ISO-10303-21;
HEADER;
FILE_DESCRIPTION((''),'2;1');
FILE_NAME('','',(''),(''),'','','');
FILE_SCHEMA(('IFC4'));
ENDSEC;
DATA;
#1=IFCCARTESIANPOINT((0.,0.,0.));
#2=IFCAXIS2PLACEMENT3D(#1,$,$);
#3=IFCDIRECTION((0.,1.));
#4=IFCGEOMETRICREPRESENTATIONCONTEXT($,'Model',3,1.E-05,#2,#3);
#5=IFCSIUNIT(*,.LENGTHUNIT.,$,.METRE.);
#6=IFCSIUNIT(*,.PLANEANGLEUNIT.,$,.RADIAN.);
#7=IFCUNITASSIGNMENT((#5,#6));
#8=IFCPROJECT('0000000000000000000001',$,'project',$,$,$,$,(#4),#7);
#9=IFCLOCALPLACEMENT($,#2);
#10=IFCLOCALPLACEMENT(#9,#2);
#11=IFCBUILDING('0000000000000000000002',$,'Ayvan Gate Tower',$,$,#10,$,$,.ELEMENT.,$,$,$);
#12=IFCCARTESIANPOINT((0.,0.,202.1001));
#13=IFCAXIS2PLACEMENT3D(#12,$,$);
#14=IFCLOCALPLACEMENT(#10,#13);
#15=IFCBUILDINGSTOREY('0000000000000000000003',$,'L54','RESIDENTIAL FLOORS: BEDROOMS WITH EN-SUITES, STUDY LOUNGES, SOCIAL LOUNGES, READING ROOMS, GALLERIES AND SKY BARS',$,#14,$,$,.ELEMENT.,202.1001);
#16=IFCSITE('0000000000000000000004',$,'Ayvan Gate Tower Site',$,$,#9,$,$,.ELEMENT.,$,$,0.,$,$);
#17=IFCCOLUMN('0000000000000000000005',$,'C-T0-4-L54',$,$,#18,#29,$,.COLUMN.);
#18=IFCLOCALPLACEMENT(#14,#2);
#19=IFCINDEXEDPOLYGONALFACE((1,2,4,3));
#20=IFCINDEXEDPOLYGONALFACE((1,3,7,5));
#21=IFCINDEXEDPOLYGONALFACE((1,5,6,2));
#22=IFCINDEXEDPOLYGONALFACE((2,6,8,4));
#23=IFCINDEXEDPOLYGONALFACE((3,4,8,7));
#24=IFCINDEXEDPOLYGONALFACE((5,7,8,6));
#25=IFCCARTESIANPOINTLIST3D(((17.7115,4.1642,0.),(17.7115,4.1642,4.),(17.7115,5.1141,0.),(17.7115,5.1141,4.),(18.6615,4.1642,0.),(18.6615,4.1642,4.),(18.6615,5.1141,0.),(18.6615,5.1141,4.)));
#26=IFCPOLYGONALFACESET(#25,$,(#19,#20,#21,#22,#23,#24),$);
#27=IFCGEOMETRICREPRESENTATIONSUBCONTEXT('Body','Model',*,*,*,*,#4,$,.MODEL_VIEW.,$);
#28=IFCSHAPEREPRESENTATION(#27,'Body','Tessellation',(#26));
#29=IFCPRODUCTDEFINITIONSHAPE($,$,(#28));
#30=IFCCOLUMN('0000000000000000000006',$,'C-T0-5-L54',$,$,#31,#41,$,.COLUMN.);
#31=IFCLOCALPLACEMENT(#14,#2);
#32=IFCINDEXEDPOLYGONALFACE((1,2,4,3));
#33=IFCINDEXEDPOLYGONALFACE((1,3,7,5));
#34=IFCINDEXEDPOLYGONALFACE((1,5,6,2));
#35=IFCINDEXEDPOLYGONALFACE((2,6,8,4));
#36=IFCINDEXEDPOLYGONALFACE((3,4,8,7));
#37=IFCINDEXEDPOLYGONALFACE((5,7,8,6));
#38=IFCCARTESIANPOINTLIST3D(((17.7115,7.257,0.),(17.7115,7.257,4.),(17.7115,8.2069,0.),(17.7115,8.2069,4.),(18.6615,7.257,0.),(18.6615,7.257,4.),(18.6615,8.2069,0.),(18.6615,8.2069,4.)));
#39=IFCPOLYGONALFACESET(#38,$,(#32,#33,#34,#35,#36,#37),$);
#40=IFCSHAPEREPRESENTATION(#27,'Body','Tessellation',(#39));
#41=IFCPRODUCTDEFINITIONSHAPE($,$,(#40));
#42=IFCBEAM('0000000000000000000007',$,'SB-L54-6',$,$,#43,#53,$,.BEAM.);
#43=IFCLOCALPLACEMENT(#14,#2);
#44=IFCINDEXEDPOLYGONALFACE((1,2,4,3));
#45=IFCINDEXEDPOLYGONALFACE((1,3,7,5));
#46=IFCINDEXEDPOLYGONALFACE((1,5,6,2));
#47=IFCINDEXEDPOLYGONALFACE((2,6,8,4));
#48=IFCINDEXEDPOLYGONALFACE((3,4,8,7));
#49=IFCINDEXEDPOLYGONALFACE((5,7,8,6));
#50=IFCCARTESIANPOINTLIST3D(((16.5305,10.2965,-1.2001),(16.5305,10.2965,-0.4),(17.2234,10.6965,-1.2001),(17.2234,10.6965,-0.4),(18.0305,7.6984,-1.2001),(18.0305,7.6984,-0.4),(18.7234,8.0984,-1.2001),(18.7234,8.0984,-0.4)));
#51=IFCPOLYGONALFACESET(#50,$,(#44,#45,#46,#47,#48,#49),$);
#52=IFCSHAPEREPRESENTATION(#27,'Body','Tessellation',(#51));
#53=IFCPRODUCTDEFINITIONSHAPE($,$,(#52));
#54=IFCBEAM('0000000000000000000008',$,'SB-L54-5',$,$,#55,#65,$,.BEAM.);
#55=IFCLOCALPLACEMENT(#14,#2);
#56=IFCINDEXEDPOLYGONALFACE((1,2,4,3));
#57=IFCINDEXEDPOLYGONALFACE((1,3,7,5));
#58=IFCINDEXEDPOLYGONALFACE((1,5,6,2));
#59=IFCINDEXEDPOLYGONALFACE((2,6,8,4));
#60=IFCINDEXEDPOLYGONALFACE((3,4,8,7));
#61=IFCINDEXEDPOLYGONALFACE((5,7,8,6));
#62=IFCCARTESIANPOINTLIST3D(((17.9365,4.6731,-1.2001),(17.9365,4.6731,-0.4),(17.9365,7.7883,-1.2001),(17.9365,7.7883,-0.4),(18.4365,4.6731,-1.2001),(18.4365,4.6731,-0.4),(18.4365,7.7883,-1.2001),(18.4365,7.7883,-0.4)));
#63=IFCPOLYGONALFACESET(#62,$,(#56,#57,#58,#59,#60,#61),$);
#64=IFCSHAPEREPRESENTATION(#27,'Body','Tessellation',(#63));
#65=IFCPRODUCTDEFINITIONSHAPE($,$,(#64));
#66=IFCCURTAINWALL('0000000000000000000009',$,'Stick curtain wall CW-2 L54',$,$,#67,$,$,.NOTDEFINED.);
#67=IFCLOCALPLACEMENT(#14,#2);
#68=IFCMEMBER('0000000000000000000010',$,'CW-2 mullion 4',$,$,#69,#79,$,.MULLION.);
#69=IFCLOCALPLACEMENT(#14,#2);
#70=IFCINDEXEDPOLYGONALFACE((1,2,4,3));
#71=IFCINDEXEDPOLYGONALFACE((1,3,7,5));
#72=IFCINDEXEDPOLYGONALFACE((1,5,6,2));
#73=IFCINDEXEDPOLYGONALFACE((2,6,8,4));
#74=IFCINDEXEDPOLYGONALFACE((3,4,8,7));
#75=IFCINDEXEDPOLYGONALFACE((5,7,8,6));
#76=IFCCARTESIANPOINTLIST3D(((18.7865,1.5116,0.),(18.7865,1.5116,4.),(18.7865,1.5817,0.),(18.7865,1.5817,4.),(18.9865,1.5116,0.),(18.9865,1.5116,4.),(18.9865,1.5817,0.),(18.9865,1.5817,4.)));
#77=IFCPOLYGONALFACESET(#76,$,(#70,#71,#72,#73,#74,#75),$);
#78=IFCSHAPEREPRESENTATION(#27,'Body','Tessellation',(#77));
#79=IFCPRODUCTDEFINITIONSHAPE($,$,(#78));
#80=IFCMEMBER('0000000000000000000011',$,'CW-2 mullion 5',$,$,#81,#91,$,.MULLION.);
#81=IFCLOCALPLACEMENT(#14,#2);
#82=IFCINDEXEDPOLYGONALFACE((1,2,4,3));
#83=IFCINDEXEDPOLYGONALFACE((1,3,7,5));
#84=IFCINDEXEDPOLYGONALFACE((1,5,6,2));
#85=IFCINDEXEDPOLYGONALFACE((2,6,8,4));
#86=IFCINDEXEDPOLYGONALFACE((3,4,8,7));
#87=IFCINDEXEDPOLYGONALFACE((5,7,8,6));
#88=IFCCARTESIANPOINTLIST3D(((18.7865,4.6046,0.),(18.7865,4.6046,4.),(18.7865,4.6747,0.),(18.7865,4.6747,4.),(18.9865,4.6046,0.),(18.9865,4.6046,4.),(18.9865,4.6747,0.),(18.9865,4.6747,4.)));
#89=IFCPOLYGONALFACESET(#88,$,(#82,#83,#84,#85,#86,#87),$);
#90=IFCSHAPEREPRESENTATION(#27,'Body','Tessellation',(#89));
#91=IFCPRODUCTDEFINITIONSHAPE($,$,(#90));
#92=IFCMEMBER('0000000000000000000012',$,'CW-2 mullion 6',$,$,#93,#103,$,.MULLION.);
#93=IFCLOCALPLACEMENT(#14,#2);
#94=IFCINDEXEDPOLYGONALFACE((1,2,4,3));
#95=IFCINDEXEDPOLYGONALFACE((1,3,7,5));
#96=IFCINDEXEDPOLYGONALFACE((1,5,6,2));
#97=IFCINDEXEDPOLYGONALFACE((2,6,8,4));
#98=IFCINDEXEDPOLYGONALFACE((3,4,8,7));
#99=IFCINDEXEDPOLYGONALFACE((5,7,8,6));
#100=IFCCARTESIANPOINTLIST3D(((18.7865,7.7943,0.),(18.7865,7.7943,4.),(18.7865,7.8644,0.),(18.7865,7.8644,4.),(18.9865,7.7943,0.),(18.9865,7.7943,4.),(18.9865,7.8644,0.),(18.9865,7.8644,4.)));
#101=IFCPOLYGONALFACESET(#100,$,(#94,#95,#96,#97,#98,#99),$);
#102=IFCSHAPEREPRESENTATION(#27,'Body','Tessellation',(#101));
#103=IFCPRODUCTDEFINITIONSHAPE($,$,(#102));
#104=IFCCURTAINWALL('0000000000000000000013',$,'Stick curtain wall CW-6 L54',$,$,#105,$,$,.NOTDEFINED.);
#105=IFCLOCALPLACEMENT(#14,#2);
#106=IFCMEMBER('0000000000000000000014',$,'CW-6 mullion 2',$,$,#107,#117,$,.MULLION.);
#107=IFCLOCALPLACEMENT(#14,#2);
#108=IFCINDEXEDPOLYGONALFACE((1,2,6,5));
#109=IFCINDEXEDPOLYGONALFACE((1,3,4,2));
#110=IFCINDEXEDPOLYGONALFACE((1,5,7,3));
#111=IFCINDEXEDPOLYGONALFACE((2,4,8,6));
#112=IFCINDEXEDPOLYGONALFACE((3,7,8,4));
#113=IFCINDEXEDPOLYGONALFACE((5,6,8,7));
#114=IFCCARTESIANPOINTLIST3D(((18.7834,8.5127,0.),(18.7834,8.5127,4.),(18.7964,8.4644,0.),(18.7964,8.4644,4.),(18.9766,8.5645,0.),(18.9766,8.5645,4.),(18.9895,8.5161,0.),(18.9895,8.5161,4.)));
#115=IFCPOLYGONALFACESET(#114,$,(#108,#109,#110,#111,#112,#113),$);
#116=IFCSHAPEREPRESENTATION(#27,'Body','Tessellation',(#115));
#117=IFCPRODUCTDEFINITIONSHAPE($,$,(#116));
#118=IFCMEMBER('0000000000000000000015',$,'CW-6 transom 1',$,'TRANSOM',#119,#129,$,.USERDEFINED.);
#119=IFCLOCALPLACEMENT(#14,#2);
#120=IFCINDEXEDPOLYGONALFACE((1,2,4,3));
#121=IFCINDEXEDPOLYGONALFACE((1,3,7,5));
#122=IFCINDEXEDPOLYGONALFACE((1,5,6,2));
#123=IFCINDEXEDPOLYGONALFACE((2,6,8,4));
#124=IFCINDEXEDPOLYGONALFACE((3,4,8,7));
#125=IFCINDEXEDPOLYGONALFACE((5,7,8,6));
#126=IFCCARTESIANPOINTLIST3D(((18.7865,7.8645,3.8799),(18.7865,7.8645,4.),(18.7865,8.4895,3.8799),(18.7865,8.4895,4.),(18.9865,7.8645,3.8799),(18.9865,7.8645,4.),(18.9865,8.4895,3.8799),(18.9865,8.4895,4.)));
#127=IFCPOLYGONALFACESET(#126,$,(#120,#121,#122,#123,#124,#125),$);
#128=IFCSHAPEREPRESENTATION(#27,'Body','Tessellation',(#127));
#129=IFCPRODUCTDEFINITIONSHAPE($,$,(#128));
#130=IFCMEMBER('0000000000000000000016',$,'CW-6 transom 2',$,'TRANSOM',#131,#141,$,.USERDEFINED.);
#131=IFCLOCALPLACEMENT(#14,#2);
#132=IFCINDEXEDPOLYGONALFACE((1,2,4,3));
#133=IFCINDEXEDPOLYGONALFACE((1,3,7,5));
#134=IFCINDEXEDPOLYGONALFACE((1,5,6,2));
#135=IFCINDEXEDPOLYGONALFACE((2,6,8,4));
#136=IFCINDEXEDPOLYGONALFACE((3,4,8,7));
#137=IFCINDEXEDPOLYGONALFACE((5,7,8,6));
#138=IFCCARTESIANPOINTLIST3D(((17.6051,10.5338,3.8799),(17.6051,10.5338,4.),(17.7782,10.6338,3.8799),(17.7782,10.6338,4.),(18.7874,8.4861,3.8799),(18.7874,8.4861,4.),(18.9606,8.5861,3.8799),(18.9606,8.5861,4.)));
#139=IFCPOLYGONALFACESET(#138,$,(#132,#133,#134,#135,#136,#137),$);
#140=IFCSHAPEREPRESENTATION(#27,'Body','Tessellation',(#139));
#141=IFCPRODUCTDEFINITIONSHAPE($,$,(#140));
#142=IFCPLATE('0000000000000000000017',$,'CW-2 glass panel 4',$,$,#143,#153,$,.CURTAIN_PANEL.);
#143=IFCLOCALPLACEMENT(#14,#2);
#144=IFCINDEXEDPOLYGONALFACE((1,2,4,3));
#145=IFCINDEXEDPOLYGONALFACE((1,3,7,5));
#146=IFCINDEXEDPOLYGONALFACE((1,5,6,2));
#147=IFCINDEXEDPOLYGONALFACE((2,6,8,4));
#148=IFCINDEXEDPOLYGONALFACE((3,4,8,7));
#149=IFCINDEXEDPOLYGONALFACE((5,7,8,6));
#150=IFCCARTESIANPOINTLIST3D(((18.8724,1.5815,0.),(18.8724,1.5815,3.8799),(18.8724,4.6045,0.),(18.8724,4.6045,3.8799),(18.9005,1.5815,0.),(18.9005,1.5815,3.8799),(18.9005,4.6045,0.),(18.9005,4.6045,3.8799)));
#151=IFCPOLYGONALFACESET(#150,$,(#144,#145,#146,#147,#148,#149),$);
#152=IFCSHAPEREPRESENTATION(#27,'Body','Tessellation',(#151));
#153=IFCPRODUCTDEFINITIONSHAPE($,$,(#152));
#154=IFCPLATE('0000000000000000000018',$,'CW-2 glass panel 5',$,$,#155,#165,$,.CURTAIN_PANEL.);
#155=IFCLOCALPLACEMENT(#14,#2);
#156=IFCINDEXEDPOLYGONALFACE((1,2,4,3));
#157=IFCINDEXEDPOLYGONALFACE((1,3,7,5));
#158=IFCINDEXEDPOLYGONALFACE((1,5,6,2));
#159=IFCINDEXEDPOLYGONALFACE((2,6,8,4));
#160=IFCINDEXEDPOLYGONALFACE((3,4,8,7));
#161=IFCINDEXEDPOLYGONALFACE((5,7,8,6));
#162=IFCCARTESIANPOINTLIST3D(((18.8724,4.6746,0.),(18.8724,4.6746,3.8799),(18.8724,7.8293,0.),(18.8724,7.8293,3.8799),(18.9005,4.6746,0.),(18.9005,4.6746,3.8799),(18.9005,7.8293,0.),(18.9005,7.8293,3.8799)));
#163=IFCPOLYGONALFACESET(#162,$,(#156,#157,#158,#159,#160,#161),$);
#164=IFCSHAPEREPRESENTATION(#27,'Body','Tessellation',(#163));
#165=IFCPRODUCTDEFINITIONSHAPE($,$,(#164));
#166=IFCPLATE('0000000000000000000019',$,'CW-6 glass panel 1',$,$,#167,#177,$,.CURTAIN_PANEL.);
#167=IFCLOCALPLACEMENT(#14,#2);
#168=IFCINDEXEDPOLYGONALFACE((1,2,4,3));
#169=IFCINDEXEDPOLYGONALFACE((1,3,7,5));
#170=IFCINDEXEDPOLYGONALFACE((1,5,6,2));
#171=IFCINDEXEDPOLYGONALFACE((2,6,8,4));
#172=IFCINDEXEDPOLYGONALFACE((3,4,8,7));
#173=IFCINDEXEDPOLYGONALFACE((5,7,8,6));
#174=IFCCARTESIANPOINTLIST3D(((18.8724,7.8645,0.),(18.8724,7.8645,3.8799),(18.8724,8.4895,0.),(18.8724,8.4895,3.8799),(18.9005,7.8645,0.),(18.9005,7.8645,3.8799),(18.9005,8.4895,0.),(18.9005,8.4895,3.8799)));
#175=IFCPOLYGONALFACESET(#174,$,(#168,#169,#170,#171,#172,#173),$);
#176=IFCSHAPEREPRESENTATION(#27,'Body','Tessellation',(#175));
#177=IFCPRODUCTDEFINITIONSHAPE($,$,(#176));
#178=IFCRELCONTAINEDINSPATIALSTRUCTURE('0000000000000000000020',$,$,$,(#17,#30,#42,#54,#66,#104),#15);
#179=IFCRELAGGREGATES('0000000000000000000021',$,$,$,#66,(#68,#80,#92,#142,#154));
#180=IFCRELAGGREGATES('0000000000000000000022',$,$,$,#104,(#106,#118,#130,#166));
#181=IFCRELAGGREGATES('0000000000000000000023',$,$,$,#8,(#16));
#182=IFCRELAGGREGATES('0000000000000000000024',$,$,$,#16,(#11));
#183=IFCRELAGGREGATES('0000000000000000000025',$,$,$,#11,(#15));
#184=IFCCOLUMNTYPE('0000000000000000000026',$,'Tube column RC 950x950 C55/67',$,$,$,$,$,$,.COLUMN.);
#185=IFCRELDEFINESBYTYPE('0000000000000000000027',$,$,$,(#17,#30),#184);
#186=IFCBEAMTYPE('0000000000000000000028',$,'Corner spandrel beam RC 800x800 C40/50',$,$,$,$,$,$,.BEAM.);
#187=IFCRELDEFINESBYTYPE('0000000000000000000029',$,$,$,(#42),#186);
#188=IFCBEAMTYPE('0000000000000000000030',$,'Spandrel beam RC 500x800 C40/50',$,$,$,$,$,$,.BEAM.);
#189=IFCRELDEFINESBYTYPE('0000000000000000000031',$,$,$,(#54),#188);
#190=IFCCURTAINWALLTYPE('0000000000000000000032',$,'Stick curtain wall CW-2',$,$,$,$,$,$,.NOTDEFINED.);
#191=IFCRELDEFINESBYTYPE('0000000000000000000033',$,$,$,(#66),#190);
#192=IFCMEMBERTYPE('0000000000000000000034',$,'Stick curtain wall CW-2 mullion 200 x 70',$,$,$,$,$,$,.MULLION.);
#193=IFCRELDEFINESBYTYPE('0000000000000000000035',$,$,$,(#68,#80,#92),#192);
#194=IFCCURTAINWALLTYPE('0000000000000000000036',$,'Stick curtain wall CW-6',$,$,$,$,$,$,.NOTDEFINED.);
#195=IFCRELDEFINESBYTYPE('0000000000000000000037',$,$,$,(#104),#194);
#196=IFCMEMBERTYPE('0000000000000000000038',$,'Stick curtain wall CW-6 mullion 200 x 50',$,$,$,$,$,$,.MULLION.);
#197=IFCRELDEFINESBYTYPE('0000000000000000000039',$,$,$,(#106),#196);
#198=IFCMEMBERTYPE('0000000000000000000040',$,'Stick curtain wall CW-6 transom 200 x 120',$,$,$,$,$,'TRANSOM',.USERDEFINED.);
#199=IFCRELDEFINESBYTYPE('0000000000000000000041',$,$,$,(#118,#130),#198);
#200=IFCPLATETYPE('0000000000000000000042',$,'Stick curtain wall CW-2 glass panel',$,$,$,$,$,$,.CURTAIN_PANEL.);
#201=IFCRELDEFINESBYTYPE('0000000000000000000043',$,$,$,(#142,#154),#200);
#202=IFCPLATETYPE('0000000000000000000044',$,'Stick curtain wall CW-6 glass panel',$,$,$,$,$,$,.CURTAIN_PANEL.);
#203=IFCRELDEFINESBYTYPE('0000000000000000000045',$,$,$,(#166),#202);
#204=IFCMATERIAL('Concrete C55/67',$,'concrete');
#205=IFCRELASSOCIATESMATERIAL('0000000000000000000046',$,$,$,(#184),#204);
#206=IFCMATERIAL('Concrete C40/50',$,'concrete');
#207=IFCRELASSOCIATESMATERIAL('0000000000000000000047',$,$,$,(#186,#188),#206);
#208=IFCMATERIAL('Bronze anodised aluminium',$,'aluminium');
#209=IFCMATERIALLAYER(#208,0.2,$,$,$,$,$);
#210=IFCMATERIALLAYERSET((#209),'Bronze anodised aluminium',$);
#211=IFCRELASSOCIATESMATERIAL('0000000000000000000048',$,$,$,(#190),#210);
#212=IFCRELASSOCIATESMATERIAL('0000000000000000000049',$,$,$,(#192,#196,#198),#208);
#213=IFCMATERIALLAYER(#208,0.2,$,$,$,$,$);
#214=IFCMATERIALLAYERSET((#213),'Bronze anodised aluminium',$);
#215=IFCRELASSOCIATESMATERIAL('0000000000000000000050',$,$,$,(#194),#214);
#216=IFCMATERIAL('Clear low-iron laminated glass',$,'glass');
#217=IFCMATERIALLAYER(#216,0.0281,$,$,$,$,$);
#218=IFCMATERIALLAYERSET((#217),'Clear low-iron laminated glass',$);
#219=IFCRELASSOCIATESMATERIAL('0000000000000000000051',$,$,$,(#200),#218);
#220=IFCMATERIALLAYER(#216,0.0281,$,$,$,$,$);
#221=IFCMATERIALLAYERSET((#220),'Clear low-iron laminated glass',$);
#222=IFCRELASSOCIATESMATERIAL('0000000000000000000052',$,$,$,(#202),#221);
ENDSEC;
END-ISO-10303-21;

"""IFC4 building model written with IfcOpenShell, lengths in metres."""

from ifc_helpers import new_model, si_unit, direction, frame, origin, origin_2d, place, context, subcontext, project, spatial, rectangle, extrude, material, layer, layer_set, material_profile, profile_set, type_object, element, aggregate, save


model = new_model("IFC4")

# Units and contexts
model_context = context("Model", 3, precision=1e-05, world=origin(), true_north=direction((0.0, 1.0)))
body_context = subcontext(model_context, "Body", "Model", "MODEL_VIEW")
ifc_project = project(units=[si_unit("LENGTHUNIT", "METRE"), si_unit("PLANEANGLEUNIT", "RADIAN")], contexts=[model_context])

# Site, building, storey
site_placement = place(None, origin())
site = spatial("IfcSite", under=ifc_project, at=site_placement, Name="Ayvan Gate Tower Site", CompositionType="ELEMENT", RefElevation=0.0)
building_placement = place(site_placement, origin())
building = spatial("IfcBuilding", under=site, at=building_placement, Name="Ayvan Gate Tower", CompositionType="ELEMENT")
storey_placement = place(building_placement, frame((0.0, 0.0, 202.1001)))
storey = spatial("IfcBuildingStorey", under=building, at=storey_placement, Name="L54", Description="RESIDENTIAL FLOORS: BEDROOMS WITH EN-SUITES, STUDY LOUNGES, SOCIAL LOUNGES, READING ROOMS, GALLERIES AND SKY BARS", CompositionType="ELEMENT", Elevation=202.1001)

# Columns
ifc_material_1 = material(Name="Concrete C55/67", Category="concrete")
ifc_material_profile_1 = material_profile(ifc_material_1, rectangle(XDim=0.95, YDim=0.95, at=origin_2d()), Name="RC 950x950")
ifc_profile_set_1 = profile_set([ifc_material_profile_1], Name="Concrete C55/67")
column_type = type_object("IfcColumnType", Name="Tube column RC 950x950 C55/67", PredefinedType="COLUMN", material=ifc_profile_set_1)
for number, where, z_axis, x_axis, name in (
    (1, (18.1865, 4.6392, 0.0), (0.0, 0.0, 1.0), (1.0, 0.0, 0.0), "C-T0-4-L54"),
    (2, (18.1865, 7.7319, 0.0), (0.0, 0.0, 1.0), (1.0, 0.0, 0.0), "C-T0-5-L54"),
):
    element("IfcColumn", number, at=place(storey_placement, frame(where, z_axis=z_axis, x_axis=x_axis)), inside=storey, type_object=column_type, Name=name, PredefinedType="COLUMN", context=body_context, shape_type="SweptSolid", body=[
        extrude(rectangle(XDim=0.95, YDim=0.95, at=origin_2d()), origin(), (0.0, 0.0, 1.0), 4.0),
    ])

# Beams
ifc_material_2 = material(Name="Concrete C40/50", Category="concrete")
ifc_material_profile_2 = material_profile(ifc_material_2, rectangle(XDim=0.8, YDim=0.8, at=origin_2d()), Name="RC 800x800")
ifc_profile_set_2 = profile_set([ifc_material_profile_2], Name="Concrete C40/50")
beam_type_1 = type_object("IfcBeamType", Name="Corner spandrel beam RC 800x800 C40/50", PredefinedType="BEAM", material=ifc_profile_set_2)
beam_1_placement = place(storey_placement, frame((18.377, 7.8984, -0.8), z_axis=(-0.49999, 0.866031, 0.0), x_axis=(-0.866031, -0.49999, 0.0)))
element("IfcBeam", 3, at=beam_1_placement, inside=storey, type_object=beam_type_1, Name="SB-L54-6", PredefinedType="BEAM", context=body_context, shape_type="SweptSolid", body=[
    extrude(rectangle(XDim=0.8, YDim=0.8, at=origin_2d()), origin(), (0.0, 0.0, 1.0), 3.0),
])
ifc_material_profile_3 = material_profile(ifc_material_2, rectangle(XDim=0.5, YDim=0.8, at=origin_2d()), Name="RC 500x800")
ifc_profile_set_3 = profile_set([ifc_material_profile_3], Name="Concrete C40/50")
beam_type_2 = type_object("IfcBeamType", Name="Spandrel beam RC 500x800 C40/50", PredefinedType="BEAM", material=ifc_profile_set_3)
beam_2_placement = place(storey_placement, frame((18.1865, 4.6731, -0.8), z_axis=(0.0, 1.0, 0.0), x_axis=(-1.0, 0.0, 0.0)))
element("IfcBeam", 4, at=beam_2_placement, inside=storey, type_object=beam_type_2, Name="SB-L54-5", PredefinedType="BEAM", context=body_context, shape_type="SweptSolid", body=[
    extrude(rectangle(XDim=0.5, YDim=0.8, at=origin_2d()), origin(), (0.0, 0.0, 1.0), 3.1152),
])

# Curtain walls, members
ifc_material_3 = material(Name="Bronze anodised aluminium", Category="aluminium")
ifc_layer_1 = layer(ifc_material_3, 0.2)
ifc_layer_set_1 = layer_set([ifc_layer_1], Name="Bronze anodised aluminium")
curtain_wall_type_1 = type_object("IfcCurtainWallType", Name="Stick curtain wall CW-2", PredefinedType="NOTDEFINED", material=ifc_layer_set_1)
curtain_wall_1_placement = place(storey_placement, origin())
curtain_wall_1 = element("IfcCurtainWall", 5, at=curtain_wall_1_placement, inside=storey, type_object=curtain_wall_type_1, Name="Stick curtain wall CW-2 L54", PredefinedType="NOTDEFINED")
ifc_material_profile_4 = material_profile(ifc_material_3, rectangle(XDim=0.2, YDim=0.0701, at=origin_2d()), Name="Stick curtain wall CW-2 mullion 200 x 70")
ifc_profile_set_4 = profile_set([ifc_material_profile_4], Name="Bronze anodised aluminium")
member_type_1 = type_object("IfcMemberType", Name="Stick curtain wall CW-2 mullion 200 x 70", PredefinedType="MULLION", material=ifc_profile_set_4)
member_1_placement = place(storey_placement, frame((18.8865, 1.5466, 0.0), z_axis=(0.0, 0.0, 1.0), x_axis=(1.0, 0.0, 0.0)))
member_1 = element("IfcMember", 6, at=member_1_placement, type_object=member_type_1, Name="CW-2 mullion 4", PredefinedType="MULLION", context=body_context, shape_type="SweptSolid", body=[
    extrude(rectangle(XDim=0.2, YDim=0.0701, at=origin_2d()), origin(), (0.0, 0.0, 1.0), 4.0),
])
member_2_placement = place(storey_placement, frame((18.8865, 4.6396, 0.0), z_axis=(0.0, 0.0, 1.0), x_axis=(1.0, 0.0, 0.0)))
member_2 = element("IfcMember", 7, at=member_2_placement, type_object=member_type_1, Name="CW-2 mullion 5", PredefinedType="MULLION", context=body_context, shape_type="SweptSolid", body=[
    extrude(rectangle(XDim=0.2, YDim=0.0701, at=origin_2d()), origin(), (0.0, 0.0, 1.0), 4.0),
])
member_3_placement = place(storey_placement, frame((18.8865, 7.8293, 0.0), z_axis=(0.0, 0.0, 1.0), x_axis=(1.0, 0.0, 0.0)))
member_3 = element("IfcMember", 8, at=member_3_placement, type_object=member_type_1, Name="CW-2 mullion 6", PredefinedType="MULLION", context=body_context, shape_type="SweptSolid", body=[
    extrude(rectangle(XDim=0.2, YDim=0.0701, at=origin_2d()), origin(), (0.0, 0.0, 1.0), 4.0),
])
ifc_layer_2 = layer(ifc_material_3, 0.2)
ifc_layer_set_2 = layer_set([ifc_layer_2], Name="Bronze anodised aluminium")
curtain_wall_type_2 = type_object("IfcCurtainWallType", Name="Stick curtain wall CW-6", PredefinedType="NOTDEFINED", material=ifc_layer_set_2)
curtain_wall_2_placement = place(storey_placement, origin())
curtain_wall_2 = element("IfcCurtainWall", 9, at=curtain_wall_2_placement, inside=storey, type_object=curtain_wall_type_2, Name="Stick curtain wall CW-6 L54", PredefinedType="NOTDEFINED")
ifc_material_profile_5 = material_profile(ifc_material_3, rectangle(XDim=0.2, YDim=0.05, at=origin_2d()), Name="Stick curtain wall CW-6 mullion 200 x 50")
ifc_profile_set_5 = profile_set([ifc_material_profile_5], Name="Bronze anodised aluminium")
member_type_2 = type_object("IfcMemberType", Name="Stick curtain wall CW-6 mullion 200 x 50", PredefinedType="MULLION", material=ifc_profile_set_5)
member_4_placement = place(storey_placement, frame((18.8865, 8.5144, 0.0), z_axis=(0.0, 0.0, 1.0), x_axis=(0.965926, 0.258819, 0.0)))
member_4 = element("IfcMember", 10, at=member_4_placement, type_object=member_type_2, Name="CW-6 mullion 2", PredefinedType="MULLION", context=body_context, shape_type="SweptSolid", body=[
    extrude(rectangle(XDim=0.2, YDim=0.05, at=origin_2d()), origin(), (0.0, 0.0, 1.0), 4.0),
])
ifc_material_profile_6 = material_profile(ifc_material_3, rectangle(XDim=0.2, YDim=0.1201, at=origin_2d()), Name="Stick curtain wall CW-6 transom 200 x 120")
ifc_profile_set_6 = profile_set([ifc_material_profile_6], Name="Bronze anodised aluminium")
member_type_3 = type_object("IfcMemberType", Name="Stick curtain wall CW-6 transom 200 x 120", ElementType="TRANSOM", PredefinedType="USERDEFINED", material=ifc_profile_set_6)
member_5_placement = place(storey_placement, frame((18.8865, 7.8645, 3.9399), z_axis=(0.0, 1.0, 0.0), x_axis=(-1.0, 0.0, 0.0)))
member_5 = element("IfcMember", 11, at=member_5_placement, type_object=member_type_3, Name="CW-6 transom 1", ObjectType="TRANSOM", PredefinedType="USERDEFINED", context=body_context, shape_type="SweptSolid", body=[
    extrude(rectangle(XDim=0.2, YDim=0.1201, at=origin_2d()), origin(), (0.0, 0.0, 1.0), 0.625),
])
member_6_placement = place(storey_placement, frame((18.874, 8.5361, 3.9399), z_axis=(-0.500059, 0.865991, 0.0), x_axis=(-0.865991, -0.500059, 0.0)))
member_6 = element("IfcMember", 12, at=member_6_placement, type_object=member_type_3, Name="CW-6 transom 2", ObjectType="TRANSOM", PredefinedType="USERDEFINED", context=body_context, shape_type="SweptSolid", body=[
    extrude(rectangle(XDim=0.2, YDim=0.1201, at=origin_2d()), origin(), (0.0, 0.0, 1.0), 2.3645),
])

# Plates
ifc_material_4 = material(Name="Clear low-iron laminated glass", Category="glass")
ifc_layer_3 = layer(ifc_material_4, 0.0281)
ifc_layer_set_3 = layer_set([ifc_layer_3], Name="Clear low-iron laminated glass")
plate_type_1 = type_object("IfcPlateType", Name="Stick curtain wall CW-2 glass panel", PredefinedType="CURTAIN_PANEL", material=ifc_layer_set_3)
plate_1_placement = place(storey_placement, frame((18.8865, 3.093, 0.0), z_axis=(0.0, 0.0, 1.0), x_axis=(0.0, 1.0, 0.0)))
plate_1 = element("IfcPlate", 13, at=plate_1_placement, type_object=plate_type_1, Name="CW-2 glass panel 4", PredefinedType="CURTAIN_PANEL", context=body_context, shape_type="SweptSolid", body=[
    extrude(rectangle(XDim=3.0229, YDim=0.0281, at=origin_2d()), origin(), (0.0, 0.0, 1.0), 3.8799),
])
plate_2_placement = place(storey_placement, frame((18.8865, 6.252, 0.0), z_axis=(0.0, 0.0, 1.0), x_axis=(0.0, 1.0, 0.0)))
plate_2 = element("IfcPlate", 14, at=plate_2_placement, type_object=plate_type_1, Name="CW-2 glass panel 5", PredefinedType="CURTAIN_PANEL", context=body_context, shape_type="SweptSolid", body=[
    extrude(rectangle(XDim=3.1548, YDim=0.0281, at=origin_2d()), origin(), (0.0, 0.0, 1.0), 3.8799),
])
aggregate(curtain_wall_1, [member_1, member_2, member_3, plate_1, plate_2])
ifc_layer_4 = layer(ifc_material_4, 0.0281)
ifc_layer_set_4 = layer_set([ifc_layer_4], Name="Clear low-iron laminated glass")
plate_type_2 = type_object("IfcPlateType", Name="Stick curtain wall CW-6 glass panel", PredefinedType="CURTAIN_PANEL", material=ifc_layer_set_4)
plate_3_placement = place(storey_placement, frame((18.8865, 8.177, 0.0), z_axis=(0.0, 0.0, 1.0), x_axis=(0.0, 1.0, 0.0)))
plate_3 = element("IfcPlate", 15, at=plate_3_placement, type_object=plate_type_2, Name="CW-6 glass panel 1", PredefinedType="CURTAIN_PANEL", context=body_context, shape_type="SweptSolid", body=[
    extrude(rectangle(XDim=0.625, YDim=0.0281, at=origin_2d()), origin(), (0.0, 0.0, 1.0), 3.8799),
])
aggregate(curtain_wall_2, [member_4, member_5, member_6, plate_3])

save(model, "model.ifc")
